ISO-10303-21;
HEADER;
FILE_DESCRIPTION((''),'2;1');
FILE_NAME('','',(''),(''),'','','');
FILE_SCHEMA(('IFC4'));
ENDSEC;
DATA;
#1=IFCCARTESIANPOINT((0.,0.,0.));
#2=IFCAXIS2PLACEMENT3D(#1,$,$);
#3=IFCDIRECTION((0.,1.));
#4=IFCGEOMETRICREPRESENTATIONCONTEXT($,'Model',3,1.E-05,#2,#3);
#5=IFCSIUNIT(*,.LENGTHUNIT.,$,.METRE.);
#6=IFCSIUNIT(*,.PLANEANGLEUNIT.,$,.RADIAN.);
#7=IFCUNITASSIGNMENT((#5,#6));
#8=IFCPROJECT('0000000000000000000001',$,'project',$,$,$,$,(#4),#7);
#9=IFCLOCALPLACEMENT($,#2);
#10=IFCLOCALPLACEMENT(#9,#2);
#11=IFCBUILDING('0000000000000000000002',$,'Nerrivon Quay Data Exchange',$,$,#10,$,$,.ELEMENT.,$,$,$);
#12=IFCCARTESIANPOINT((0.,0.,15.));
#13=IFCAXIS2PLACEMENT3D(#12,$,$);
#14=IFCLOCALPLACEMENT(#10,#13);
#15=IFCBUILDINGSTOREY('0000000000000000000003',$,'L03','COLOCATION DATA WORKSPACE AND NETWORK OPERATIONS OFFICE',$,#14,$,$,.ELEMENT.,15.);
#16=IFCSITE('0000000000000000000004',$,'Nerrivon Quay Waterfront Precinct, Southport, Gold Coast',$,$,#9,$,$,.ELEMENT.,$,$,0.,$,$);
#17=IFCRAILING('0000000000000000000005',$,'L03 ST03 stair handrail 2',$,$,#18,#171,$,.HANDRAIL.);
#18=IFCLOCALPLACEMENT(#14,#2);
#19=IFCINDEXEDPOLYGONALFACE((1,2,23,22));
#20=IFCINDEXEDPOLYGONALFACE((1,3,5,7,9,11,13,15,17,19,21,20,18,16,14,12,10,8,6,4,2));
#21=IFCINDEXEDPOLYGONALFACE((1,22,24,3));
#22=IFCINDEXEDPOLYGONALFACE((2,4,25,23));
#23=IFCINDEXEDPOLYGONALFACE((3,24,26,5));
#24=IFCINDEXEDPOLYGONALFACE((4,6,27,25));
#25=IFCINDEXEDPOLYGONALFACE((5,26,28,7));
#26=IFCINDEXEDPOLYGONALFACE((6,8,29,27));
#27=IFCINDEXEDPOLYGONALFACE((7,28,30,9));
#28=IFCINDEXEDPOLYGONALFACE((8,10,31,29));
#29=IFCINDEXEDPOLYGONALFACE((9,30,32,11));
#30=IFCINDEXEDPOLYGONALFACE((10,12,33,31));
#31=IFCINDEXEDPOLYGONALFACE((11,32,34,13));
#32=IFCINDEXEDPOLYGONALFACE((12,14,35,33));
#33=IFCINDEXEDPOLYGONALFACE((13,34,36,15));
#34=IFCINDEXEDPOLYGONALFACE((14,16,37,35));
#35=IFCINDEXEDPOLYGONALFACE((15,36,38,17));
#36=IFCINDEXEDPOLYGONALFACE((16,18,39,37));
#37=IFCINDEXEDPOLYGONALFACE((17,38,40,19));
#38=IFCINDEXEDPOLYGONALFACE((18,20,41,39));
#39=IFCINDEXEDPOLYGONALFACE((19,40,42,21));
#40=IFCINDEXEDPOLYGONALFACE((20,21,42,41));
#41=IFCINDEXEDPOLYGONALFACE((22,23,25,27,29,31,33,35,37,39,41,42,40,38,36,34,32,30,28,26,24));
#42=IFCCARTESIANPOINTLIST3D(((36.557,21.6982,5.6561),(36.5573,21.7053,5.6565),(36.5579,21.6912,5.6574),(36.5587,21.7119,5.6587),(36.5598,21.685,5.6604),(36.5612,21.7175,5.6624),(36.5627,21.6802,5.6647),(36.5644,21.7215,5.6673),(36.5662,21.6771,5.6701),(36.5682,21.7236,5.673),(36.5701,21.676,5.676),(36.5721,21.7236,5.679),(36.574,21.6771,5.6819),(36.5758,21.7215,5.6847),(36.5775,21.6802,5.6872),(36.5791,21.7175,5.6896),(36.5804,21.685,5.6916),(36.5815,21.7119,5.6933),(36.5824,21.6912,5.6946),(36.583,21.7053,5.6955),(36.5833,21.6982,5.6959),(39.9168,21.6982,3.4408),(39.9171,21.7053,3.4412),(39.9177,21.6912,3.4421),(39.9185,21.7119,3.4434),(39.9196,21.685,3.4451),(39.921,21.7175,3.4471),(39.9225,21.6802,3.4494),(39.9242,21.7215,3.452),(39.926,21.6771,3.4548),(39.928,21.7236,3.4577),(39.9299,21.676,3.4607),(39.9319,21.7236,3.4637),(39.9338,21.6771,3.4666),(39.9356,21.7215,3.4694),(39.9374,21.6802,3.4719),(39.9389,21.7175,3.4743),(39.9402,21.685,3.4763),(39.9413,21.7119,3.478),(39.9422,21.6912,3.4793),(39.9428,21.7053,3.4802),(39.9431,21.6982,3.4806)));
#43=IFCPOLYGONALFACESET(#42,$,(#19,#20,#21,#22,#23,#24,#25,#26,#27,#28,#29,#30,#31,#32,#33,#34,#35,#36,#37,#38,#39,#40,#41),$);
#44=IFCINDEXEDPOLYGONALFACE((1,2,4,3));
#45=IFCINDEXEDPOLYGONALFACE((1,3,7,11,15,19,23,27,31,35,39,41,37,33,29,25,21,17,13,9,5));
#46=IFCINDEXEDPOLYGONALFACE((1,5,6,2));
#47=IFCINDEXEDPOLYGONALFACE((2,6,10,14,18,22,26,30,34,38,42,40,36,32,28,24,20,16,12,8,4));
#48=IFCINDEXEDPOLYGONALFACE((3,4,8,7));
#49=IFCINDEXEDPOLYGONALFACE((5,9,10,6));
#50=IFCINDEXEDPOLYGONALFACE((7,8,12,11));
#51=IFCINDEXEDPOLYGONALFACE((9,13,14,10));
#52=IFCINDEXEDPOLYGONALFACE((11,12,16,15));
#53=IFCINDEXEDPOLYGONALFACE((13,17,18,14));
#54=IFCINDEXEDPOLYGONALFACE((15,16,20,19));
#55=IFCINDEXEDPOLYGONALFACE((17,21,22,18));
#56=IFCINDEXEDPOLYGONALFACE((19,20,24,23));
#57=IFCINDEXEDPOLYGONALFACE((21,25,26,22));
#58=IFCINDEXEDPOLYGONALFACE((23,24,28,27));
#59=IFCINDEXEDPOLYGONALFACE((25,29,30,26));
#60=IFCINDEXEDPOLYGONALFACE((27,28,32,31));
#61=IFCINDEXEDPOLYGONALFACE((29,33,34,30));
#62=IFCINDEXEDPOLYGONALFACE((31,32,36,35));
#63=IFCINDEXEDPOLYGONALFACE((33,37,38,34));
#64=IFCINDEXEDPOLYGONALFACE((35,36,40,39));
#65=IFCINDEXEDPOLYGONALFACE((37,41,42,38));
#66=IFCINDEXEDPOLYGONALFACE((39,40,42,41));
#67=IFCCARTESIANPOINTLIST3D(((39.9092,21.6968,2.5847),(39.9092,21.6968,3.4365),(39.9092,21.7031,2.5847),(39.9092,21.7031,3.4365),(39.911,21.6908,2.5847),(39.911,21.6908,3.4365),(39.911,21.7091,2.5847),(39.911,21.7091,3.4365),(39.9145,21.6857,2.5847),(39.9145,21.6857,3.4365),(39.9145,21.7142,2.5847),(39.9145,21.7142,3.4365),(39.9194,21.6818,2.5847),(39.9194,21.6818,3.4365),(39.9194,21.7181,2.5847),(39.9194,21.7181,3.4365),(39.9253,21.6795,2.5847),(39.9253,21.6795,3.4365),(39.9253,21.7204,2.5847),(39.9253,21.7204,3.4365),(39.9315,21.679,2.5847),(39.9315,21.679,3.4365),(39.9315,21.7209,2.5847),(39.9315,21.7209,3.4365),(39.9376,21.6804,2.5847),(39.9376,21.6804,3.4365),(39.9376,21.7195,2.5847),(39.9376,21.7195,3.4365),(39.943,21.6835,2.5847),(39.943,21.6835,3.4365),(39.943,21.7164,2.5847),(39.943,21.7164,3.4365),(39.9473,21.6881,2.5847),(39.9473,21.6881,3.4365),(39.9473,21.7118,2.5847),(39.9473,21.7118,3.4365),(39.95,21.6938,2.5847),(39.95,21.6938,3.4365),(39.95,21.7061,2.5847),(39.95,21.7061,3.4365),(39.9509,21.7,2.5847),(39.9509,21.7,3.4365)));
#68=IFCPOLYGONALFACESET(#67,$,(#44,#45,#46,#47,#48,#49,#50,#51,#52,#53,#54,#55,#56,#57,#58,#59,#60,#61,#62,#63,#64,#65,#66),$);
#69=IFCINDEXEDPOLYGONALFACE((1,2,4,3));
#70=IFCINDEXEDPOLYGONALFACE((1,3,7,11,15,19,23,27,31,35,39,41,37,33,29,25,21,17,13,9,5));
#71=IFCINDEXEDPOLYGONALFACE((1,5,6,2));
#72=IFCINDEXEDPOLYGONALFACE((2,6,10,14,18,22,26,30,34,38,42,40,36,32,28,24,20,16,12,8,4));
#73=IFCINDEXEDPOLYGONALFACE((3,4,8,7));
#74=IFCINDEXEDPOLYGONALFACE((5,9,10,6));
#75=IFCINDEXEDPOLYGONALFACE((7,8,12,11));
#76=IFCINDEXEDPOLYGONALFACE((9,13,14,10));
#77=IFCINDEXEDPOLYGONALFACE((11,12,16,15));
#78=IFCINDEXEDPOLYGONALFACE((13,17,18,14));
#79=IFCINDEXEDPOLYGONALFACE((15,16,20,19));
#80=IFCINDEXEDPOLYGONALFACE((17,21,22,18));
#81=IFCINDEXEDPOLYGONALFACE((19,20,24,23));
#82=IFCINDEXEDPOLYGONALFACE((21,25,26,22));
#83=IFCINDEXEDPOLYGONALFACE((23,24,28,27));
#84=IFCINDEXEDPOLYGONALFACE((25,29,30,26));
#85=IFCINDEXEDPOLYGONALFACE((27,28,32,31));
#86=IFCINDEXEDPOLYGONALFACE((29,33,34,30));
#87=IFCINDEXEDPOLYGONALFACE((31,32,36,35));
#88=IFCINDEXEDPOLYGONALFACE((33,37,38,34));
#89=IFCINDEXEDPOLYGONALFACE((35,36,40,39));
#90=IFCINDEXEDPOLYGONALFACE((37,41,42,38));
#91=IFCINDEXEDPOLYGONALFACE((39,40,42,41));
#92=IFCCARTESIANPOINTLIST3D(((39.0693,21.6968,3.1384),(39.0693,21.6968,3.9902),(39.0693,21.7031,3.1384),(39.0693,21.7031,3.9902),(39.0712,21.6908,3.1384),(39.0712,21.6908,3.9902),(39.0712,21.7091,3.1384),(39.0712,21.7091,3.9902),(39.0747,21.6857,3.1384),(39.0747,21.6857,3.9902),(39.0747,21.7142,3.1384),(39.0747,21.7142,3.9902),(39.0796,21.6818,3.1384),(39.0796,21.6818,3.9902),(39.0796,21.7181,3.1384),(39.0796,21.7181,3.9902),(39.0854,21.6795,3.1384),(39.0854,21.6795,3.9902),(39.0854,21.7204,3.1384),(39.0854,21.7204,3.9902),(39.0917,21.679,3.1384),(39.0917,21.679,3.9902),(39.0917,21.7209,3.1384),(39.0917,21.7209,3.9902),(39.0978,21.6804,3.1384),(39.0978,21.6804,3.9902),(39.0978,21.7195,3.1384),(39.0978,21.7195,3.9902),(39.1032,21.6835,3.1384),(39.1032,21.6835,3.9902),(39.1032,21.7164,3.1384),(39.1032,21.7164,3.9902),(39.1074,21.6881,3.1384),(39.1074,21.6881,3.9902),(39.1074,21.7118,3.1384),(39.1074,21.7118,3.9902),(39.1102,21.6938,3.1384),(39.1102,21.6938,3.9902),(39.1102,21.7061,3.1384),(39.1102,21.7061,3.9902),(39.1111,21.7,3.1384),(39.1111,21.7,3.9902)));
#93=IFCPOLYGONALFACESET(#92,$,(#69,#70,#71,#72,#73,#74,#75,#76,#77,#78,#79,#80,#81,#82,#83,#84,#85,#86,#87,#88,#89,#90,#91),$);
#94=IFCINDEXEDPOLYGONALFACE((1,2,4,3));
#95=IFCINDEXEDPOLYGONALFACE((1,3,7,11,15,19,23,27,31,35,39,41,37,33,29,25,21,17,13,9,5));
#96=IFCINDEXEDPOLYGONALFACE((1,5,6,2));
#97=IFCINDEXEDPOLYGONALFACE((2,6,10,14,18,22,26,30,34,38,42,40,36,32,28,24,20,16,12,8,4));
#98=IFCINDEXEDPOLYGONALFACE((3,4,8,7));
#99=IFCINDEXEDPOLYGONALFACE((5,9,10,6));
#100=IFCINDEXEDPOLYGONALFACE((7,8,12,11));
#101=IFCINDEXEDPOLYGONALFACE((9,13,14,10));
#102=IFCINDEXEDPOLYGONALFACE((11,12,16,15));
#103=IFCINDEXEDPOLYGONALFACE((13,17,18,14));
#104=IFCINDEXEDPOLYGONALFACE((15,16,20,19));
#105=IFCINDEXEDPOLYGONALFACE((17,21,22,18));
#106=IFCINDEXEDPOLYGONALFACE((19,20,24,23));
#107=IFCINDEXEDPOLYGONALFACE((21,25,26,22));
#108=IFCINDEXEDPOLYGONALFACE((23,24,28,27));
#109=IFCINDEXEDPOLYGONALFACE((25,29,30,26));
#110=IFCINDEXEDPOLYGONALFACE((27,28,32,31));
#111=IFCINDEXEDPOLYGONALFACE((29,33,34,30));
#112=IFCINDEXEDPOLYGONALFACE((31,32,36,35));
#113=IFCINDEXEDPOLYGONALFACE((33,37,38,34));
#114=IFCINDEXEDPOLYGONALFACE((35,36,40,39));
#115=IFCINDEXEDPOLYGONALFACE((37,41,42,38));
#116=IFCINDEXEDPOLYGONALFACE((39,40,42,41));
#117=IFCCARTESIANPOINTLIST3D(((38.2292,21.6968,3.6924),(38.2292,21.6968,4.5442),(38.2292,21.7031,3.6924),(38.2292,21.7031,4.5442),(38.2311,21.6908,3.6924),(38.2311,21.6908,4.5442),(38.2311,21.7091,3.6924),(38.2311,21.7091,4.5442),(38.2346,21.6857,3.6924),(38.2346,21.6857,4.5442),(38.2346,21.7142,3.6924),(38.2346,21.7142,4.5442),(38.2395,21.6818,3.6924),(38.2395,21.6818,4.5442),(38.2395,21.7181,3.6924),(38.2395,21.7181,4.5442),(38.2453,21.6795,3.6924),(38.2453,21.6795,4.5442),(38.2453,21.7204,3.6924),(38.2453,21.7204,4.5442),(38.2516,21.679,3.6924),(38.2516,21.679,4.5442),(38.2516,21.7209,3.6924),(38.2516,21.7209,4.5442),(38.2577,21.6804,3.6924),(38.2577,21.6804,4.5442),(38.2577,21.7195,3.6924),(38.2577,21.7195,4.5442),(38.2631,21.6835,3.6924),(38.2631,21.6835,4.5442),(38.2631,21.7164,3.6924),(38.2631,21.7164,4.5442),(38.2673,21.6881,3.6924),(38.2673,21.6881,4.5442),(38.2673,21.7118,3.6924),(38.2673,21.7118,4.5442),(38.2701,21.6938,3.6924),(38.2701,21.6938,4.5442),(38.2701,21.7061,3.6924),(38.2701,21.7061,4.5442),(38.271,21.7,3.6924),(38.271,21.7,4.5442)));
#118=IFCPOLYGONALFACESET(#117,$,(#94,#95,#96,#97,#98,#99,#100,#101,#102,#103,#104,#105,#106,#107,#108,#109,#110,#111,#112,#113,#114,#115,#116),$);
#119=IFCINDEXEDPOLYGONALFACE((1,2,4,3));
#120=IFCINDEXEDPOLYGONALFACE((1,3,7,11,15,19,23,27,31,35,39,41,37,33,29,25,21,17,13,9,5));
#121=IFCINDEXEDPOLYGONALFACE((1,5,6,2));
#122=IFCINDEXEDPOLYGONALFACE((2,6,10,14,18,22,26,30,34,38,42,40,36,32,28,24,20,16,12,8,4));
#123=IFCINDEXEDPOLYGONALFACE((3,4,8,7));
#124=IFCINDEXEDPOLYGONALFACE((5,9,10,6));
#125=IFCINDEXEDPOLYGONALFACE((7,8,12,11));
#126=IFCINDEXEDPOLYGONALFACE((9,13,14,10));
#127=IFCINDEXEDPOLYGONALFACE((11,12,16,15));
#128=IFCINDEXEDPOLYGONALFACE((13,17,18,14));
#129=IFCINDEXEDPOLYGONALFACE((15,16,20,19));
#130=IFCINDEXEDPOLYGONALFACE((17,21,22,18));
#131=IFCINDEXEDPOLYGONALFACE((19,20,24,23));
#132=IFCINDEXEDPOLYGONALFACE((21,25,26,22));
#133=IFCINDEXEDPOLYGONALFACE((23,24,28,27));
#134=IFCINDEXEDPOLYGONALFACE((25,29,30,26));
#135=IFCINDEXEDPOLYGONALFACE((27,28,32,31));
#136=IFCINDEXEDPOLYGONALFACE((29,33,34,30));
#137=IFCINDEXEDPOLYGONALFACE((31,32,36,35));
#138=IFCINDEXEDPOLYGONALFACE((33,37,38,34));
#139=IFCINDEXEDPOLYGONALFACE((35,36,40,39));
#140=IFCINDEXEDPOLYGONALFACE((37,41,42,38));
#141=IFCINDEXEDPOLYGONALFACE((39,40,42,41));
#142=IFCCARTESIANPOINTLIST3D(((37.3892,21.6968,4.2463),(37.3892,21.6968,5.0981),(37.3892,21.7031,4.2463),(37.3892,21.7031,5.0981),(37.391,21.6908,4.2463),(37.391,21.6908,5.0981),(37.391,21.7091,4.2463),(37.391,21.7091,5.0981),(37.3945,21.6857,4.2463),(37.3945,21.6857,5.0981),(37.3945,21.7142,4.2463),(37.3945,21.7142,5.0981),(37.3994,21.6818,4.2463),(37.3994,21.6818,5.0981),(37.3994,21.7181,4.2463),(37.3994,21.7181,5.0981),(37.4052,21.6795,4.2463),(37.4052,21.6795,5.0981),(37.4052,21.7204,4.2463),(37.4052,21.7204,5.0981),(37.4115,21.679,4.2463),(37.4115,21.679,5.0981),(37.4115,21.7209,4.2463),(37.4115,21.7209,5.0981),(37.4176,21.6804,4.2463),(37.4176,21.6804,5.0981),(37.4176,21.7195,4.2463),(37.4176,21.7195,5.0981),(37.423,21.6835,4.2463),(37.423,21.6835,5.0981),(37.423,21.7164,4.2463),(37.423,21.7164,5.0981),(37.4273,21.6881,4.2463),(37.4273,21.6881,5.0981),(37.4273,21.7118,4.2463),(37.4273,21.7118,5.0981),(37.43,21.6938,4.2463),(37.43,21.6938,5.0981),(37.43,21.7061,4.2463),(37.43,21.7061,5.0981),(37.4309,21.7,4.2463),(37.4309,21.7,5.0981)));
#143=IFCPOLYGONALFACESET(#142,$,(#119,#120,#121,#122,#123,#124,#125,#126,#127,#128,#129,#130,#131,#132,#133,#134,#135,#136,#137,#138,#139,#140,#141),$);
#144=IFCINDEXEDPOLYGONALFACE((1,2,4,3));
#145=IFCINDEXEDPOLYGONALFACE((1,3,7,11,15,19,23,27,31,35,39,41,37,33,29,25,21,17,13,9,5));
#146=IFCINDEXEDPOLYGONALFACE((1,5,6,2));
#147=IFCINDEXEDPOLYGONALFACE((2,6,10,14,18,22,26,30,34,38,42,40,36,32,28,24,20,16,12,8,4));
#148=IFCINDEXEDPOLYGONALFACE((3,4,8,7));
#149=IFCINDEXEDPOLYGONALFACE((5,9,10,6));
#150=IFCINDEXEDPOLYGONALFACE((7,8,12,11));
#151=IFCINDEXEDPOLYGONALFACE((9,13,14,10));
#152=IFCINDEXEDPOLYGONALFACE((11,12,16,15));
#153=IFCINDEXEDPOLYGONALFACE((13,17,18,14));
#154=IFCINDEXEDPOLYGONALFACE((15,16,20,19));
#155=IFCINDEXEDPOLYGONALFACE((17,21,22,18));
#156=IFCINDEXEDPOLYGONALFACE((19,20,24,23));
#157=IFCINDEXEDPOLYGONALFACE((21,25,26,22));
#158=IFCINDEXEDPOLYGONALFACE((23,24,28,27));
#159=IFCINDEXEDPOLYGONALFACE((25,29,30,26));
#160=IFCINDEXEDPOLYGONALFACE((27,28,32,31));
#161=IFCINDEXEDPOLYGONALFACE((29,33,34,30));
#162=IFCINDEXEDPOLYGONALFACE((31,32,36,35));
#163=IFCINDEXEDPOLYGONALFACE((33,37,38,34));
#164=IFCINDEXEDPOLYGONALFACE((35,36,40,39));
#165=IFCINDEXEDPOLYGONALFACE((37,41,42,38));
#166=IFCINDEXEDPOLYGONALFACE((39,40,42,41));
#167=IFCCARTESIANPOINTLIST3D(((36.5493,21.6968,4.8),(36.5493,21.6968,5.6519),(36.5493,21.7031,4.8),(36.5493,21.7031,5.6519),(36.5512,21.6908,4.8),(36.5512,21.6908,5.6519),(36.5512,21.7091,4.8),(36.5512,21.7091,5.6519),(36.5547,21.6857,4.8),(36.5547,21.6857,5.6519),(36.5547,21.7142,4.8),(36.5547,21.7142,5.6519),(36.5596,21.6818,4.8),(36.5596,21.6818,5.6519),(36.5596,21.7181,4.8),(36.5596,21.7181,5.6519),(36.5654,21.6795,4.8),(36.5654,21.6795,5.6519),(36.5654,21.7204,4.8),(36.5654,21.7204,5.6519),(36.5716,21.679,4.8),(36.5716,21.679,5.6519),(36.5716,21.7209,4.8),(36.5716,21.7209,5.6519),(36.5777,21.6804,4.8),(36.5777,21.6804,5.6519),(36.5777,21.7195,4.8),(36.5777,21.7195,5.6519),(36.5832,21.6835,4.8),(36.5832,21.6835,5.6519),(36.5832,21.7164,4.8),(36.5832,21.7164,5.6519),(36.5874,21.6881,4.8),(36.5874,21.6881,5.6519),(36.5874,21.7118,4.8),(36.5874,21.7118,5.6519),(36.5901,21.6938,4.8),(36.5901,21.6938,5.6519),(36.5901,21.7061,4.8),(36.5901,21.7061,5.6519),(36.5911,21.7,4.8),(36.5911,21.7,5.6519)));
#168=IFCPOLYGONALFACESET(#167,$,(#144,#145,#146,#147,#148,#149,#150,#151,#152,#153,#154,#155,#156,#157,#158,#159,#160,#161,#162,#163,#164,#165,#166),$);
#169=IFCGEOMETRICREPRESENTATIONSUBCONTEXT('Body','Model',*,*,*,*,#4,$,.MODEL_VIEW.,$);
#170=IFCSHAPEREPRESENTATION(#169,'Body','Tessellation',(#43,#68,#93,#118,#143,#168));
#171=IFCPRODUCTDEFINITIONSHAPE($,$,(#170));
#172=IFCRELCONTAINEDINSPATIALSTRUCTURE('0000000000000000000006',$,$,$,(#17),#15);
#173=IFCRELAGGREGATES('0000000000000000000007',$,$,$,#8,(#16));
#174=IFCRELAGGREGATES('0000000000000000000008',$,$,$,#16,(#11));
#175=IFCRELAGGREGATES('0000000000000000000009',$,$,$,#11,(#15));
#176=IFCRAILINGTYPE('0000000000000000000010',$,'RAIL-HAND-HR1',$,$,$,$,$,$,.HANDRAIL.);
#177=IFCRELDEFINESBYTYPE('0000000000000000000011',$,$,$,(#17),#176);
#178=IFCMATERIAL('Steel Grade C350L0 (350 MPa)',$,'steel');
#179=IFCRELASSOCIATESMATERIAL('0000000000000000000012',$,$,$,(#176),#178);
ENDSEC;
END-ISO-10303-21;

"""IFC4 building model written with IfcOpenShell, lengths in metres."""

from ifc_helpers import new_model, si_unit, direction, frame, origin, origin_2d, place, context, subcontext, project, spatial, circle, extrude, material, type_object, element, save


model = new_model("IFC4")

# Units and contexts
model_context = context("Model", 3, precision=1e-05, world=origin(), true_north=direction((0.0, 1.0)))
body_context = subcontext(model_context, "Body", "Model", "MODEL_VIEW")
ifc_project = project(units=[si_unit("LENGTHUNIT", "METRE"), si_unit("PLANEANGLEUNIT", "RADIAN")], contexts=[model_context])

# Site, building, storey
site_placement = place(None, origin())
site = spatial("IfcSite", under=ifc_project, at=site_placement, Name="Nerrivon Quay Waterfront Precinct, Southport, Gold Coast", CompositionType="ELEMENT", RefElevation=0.0)
building_placement = place(site_placement, origin())
building = spatial("IfcBuilding", under=site, at=building_placement, Name="Nerrivon Quay Data Exchange", CompositionType="ELEMENT")
storey_placement = place(building_placement, frame((0.0, 0.0, 15.0)))
storey = spatial("IfcBuildingStorey", under=building, at=storey_placement, Name="L03", Description="COLOCATION DATA WORKSPACE AND NETWORK OPERATIONS OFFICE", CompositionType="ELEMENT", Elevation=15.0)

# Railing
ifc_material_1 = material(Name="Steel Grade C350L0 (350 MPa)", Category="steel")
railing_type = type_object("IfcRailingType", Name="RAIL-HAND-HR1", PredefinedType="HANDRAIL", material=ifc_material_1)
railing_placement = place(storey_placement, frame((39.9299, 21.7, 2.5847)))
element("IfcRailing", 1, at=railing_placement, inside=storey, type_object=railing_type, Name="L03 ST03 stair handrail 2", PredefinedType="HANDRAIL", context=body_context, shape_type="SweptSolid", body=[
    extrude(circle(Radius=0.0239, at=origin_2d()), frame((0.0, 0.0, 0.876), z_axis=(-0.834858, 0.0, 0.550465), x_axis=(0.0, -1.0, 0.0)), (0.0, 0.0, 1.0), 4.0244),
    extrude(circle(Radius=0.021, at=origin_2d()), origin(), (0.0, 0.0, 1.0), 0.8518),
    extrude(circle(Radius=0.021, at=origin_2d()), frame((-0.8398, 0.0, 0.5537)), (0.0, 0.0, 1.0), 0.8518),
    extrude(circle(Radius=0.021, at=origin_2d()), frame((-1.6799, 0.0, 1.1077)), (0.0, 0.0, 1.0), 0.8518),
    extrude(circle(Radius=0.021, at=origin_2d()), frame((-2.52, 0.0, 1.6616)), (0.0, 0.0, 1.0), 0.8518),
    extrude(circle(Radius=0.021, at=origin_2d()), frame((-3.3599, 0.0, 2.2153)), (0.0, 0.0, 1.0), 0.8518),
])

save(model, "model.ifc")
